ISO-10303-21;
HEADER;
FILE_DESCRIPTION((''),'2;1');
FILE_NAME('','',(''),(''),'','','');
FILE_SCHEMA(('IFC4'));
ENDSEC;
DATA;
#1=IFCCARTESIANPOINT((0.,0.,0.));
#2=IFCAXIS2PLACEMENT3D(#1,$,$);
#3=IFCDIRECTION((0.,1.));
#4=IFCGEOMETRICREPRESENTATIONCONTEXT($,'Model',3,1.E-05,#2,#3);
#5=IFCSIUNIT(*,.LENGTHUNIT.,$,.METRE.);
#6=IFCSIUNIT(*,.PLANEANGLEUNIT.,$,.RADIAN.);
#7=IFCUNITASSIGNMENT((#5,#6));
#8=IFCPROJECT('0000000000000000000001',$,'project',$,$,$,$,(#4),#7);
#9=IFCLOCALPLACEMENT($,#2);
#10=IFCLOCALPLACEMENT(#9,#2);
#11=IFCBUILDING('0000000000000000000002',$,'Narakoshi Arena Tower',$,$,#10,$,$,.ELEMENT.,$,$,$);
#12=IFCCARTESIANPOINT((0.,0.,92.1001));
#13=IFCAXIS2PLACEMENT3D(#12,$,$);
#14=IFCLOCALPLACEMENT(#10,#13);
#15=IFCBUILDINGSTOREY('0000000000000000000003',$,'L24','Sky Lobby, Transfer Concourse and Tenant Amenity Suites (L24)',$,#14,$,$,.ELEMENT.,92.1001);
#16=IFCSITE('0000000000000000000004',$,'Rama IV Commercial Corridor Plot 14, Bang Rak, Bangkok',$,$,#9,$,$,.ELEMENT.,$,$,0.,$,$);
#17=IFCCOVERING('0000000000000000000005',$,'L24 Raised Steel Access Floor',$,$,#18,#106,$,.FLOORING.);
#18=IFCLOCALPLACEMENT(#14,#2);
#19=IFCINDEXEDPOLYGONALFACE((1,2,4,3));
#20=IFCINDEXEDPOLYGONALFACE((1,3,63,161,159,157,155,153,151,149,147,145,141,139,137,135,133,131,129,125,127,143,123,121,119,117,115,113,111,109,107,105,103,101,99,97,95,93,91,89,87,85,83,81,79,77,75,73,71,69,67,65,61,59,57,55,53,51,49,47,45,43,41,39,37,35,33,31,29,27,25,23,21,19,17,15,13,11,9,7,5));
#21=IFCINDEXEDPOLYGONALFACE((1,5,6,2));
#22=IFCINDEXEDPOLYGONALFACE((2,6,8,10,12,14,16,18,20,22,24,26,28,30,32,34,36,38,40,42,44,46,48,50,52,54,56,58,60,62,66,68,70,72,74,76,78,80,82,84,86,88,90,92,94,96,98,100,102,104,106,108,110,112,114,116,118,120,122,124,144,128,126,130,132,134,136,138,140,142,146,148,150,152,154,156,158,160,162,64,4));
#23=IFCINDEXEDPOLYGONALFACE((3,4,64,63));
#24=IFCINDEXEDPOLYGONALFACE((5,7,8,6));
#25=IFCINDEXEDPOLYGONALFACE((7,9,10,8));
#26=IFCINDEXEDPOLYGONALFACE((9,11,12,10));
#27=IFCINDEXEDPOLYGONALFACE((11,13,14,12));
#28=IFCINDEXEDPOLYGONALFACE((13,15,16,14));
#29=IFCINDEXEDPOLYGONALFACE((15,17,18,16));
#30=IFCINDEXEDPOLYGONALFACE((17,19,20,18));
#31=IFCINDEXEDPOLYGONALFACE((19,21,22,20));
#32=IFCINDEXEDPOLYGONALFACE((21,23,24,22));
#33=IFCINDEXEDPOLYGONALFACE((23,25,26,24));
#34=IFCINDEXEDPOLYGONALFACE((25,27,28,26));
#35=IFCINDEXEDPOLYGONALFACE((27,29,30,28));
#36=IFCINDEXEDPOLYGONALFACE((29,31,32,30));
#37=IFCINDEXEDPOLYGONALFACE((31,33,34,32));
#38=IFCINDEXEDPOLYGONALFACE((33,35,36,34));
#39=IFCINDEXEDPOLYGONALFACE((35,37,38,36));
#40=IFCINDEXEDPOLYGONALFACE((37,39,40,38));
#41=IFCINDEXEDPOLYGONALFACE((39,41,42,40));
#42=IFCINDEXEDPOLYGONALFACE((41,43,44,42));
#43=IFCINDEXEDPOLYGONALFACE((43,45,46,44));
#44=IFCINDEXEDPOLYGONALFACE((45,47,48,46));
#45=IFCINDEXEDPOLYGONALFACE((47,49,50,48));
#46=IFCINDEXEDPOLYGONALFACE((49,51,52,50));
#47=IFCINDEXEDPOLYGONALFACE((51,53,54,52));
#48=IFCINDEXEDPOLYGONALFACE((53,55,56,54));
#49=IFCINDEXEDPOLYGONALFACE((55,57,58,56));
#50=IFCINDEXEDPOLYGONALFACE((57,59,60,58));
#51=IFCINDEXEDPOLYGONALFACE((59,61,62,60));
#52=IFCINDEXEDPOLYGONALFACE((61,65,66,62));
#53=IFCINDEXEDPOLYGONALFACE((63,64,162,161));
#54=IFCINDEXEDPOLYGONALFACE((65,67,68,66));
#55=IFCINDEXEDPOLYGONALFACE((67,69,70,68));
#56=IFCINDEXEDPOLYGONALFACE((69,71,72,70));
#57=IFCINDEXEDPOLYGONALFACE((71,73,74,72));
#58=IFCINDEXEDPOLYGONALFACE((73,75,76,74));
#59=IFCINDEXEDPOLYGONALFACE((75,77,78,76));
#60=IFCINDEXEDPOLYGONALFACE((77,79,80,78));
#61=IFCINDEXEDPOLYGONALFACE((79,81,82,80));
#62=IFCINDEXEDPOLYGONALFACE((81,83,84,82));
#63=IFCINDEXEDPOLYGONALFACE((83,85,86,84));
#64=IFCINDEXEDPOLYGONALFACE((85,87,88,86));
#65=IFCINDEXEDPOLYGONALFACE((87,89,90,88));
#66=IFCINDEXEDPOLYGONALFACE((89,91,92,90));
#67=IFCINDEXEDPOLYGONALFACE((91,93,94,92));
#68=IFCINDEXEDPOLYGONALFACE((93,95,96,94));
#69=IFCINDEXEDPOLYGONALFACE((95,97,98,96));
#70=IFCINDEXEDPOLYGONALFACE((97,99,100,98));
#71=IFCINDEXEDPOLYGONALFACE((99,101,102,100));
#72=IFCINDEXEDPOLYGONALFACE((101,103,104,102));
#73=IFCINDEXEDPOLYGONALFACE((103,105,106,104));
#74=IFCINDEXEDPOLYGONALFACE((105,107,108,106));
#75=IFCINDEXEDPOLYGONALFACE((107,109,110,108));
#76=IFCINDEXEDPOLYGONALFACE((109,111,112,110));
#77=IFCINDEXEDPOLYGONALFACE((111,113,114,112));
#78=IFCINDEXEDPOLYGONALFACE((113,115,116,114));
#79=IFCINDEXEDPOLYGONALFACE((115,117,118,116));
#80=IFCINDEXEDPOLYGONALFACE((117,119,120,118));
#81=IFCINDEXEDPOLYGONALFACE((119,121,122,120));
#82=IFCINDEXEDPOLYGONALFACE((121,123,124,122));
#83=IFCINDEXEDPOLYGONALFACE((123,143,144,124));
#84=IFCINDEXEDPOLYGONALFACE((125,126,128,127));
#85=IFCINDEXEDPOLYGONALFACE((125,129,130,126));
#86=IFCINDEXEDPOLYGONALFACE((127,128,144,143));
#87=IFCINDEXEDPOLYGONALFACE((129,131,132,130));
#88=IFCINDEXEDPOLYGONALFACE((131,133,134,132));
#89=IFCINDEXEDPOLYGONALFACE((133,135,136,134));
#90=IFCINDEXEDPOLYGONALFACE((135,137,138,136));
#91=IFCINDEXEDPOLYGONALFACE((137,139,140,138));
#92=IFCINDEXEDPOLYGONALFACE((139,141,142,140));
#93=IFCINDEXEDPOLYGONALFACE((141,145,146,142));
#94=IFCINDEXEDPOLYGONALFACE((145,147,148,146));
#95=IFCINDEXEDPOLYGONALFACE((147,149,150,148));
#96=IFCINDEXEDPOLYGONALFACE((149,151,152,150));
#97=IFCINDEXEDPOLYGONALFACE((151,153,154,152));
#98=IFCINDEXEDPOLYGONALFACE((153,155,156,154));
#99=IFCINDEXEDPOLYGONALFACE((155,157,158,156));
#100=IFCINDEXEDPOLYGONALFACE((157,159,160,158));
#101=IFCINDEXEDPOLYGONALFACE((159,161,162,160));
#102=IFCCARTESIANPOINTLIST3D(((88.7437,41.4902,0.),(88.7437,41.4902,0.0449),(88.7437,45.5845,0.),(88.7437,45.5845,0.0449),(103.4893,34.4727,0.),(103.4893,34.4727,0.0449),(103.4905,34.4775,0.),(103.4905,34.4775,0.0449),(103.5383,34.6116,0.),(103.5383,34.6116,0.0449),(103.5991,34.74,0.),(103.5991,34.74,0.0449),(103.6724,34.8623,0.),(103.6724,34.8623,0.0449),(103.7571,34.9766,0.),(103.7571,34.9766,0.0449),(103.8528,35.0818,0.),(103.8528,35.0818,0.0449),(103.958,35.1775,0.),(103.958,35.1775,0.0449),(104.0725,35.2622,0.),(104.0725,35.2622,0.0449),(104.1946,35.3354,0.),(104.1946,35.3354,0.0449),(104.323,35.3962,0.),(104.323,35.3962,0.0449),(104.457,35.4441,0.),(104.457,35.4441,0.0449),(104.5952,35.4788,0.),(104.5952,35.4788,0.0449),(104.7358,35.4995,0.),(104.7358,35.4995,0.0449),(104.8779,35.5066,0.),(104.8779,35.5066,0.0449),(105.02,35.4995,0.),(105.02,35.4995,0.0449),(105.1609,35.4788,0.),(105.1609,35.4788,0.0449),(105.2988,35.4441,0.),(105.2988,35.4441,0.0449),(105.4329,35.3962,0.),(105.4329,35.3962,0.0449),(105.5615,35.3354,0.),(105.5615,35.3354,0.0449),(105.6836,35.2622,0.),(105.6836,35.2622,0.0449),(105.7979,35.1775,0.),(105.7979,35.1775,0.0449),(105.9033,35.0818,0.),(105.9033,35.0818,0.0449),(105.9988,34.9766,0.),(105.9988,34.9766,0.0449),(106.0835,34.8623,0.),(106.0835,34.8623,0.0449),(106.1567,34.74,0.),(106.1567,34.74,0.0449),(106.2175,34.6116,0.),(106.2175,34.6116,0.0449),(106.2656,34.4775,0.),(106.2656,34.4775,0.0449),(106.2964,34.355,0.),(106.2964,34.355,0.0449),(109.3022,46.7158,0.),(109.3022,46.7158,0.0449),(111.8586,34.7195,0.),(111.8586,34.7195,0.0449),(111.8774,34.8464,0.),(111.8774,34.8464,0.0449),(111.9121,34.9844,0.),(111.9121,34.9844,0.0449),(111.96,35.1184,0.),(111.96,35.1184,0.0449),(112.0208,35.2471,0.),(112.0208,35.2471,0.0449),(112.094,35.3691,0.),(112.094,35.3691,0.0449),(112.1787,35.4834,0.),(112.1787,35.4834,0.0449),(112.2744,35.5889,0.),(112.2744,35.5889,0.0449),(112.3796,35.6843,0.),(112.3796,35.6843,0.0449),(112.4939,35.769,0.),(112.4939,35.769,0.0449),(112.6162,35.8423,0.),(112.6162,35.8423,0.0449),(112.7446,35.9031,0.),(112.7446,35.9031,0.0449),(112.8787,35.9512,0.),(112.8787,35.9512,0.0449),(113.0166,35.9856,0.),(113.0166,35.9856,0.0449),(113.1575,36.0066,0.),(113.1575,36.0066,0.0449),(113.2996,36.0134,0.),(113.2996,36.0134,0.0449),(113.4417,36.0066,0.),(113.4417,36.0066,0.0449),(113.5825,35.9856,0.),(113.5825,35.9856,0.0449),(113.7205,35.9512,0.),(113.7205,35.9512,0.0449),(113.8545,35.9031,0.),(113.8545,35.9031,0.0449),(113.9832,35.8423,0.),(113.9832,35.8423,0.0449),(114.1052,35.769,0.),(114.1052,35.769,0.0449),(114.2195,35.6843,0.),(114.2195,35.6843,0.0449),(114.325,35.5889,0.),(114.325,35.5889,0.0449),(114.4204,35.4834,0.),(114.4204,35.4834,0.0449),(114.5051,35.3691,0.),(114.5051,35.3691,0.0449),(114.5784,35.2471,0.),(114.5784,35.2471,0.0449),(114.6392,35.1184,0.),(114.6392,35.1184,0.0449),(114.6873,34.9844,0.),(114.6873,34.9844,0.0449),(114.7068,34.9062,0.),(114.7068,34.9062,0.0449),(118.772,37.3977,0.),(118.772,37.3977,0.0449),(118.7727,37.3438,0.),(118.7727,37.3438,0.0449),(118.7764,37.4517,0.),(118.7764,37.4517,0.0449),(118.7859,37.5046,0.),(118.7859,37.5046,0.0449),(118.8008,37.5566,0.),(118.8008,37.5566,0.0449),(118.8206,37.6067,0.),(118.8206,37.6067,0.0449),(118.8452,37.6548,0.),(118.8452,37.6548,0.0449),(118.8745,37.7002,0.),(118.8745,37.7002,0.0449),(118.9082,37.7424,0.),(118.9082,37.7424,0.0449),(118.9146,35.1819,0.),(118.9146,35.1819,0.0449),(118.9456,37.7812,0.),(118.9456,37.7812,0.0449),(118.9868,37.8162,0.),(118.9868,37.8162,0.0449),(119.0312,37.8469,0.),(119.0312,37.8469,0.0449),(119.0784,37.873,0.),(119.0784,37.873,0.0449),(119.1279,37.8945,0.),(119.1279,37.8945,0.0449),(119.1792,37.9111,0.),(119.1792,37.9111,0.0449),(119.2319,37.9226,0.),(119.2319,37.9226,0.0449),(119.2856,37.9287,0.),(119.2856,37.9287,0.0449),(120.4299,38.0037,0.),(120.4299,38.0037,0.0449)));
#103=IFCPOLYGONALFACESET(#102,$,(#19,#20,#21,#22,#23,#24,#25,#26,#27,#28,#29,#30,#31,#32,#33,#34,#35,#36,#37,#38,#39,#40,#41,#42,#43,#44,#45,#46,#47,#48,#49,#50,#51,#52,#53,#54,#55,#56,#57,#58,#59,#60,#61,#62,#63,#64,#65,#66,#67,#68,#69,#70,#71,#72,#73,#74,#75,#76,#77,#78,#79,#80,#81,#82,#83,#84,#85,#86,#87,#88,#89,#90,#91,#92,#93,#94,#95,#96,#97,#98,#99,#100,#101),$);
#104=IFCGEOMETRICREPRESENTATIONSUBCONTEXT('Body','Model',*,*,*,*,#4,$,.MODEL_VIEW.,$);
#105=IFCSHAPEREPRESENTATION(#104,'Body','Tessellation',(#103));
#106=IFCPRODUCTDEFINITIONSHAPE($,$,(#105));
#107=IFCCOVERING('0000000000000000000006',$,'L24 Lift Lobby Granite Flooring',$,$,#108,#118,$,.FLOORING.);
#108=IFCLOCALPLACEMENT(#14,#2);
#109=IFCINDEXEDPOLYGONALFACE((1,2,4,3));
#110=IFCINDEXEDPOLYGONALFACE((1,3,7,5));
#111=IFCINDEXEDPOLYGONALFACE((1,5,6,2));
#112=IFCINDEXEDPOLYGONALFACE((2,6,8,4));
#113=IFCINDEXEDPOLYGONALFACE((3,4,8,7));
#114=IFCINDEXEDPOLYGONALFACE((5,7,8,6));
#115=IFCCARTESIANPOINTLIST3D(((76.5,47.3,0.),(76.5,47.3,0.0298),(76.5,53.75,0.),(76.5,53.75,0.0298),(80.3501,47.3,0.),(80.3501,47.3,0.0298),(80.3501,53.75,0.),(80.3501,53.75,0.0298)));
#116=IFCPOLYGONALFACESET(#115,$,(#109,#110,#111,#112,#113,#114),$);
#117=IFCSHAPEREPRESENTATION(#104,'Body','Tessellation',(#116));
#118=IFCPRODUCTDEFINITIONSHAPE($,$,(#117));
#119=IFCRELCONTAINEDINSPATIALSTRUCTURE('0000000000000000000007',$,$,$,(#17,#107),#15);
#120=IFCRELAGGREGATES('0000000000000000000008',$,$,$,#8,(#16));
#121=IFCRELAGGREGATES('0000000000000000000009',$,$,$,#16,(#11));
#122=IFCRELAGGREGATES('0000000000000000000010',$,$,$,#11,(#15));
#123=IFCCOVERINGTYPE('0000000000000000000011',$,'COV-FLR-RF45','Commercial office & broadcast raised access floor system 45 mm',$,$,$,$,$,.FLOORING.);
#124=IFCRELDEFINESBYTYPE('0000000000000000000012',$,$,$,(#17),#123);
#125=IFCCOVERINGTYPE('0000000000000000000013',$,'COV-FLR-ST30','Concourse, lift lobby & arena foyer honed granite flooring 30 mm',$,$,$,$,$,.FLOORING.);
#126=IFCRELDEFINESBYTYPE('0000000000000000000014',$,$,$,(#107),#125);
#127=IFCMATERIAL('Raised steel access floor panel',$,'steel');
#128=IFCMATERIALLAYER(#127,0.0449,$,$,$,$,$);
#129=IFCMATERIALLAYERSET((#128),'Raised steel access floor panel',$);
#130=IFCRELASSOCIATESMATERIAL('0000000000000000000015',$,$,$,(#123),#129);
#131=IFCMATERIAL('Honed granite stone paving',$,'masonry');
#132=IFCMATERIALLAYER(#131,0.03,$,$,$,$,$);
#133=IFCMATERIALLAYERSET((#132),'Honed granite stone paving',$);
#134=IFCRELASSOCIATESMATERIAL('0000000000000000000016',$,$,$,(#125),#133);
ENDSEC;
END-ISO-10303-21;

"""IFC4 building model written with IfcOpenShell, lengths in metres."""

from ifc_helpers import new_model, si_unit, direction, frame, origin, place, context, subcontext, project, spatial, polyline, outline, extrude, material, layer, layer_set, type_object, element, save


model = new_model("IFC4")

# Units and contexts
model_context = context("Model", 3, precision=1e-05, world=origin(), true_north=direction((0.0, 1.0)))
body_context = subcontext(model_context, "Body", "Model", "MODEL_VIEW")
ifc_project = project(units=[si_unit("LENGTHUNIT", "METRE"), si_unit("PLANEANGLEUNIT", "RADIAN")], contexts=[model_context])

# Site, building, storey
site_placement = place(None, origin())
site = spatial("IfcSite", under=ifc_project, at=site_placement, Name="Rama IV Commercial Corridor Plot 14, Bang Rak, Bangkok", CompositionType="ELEMENT", RefElevation=0.0)
building_placement = place(site_placement, origin())
building = spatial("IfcBuilding", under=site, at=building_placement, Name="Narakoshi Arena Tower", CompositionType="ELEMENT")
storey_placement = place(building_placement, frame((0.0, 0.0, 92.1001)))
storey = spatial("IfcBuildingStorey", under=building, at=storey_placement, Name="L24", Description="Sky Lobby, Transfer Concourse and Tenant Amenity Suites (L24)", CompositionType="ELEMENT", Elevation=92.1001)

# Coverings
ifc_material_1 = material(Name="Raised steel access floor panel", Category="steel")
ifc_layer_1 = layer(ifc_material_1, 0.0449)
ifc_layer_set_1 = layer_set([ifc_layer_1], Name="Raised steel access floor panel")
covering_type_1 = type_object("IfcCoveringType", Name="COV-FLR-RF45", Description="Commercial office & broadcast raised access floor system 45 mm", PredefinedType="FLOORING", material=ifc_layer_set_1)
covering_1_placement = place(storey_placement, origin())
element("IfcCovering", 1, at=covering_1_placement, inside=storey, type_object=covering_type_1, Name="L24 Raised Steel Access Floor", PredefinedType="FLOORING", context=body_context, shape_type="SweptSolid", body=[
    extrude(outline(polyline([(119.2856, 37.9287), (119.2319, 37.9226), (119.1792, 37.9111), (119.1279, 37.8945), (119.0784, 37.873), (119.0312, 37.8469), (118.9868, 37.8162), (118.9456, 37.7812), (118.9082, 37.7424), (118.8745, 37.7002), (118.8452, 37.6548), (118.8206, 37.6067), (118.8008, 37.5566), (118.7859, 37.5046), (118.7764, 37.4517), (118.772, 37.3977), (118.7727, 37.3438), (118.9146, 35.1819), (114.7068, 34.9062), (114.6873, 34.9844), (114.6392, 35.1184), (114.5784, 35.2471), (114.5051, 35.3691), (114.4204, 35.4834), (114.325, 35.5889), (114.2195, 35.6843), (114.1052, 35.769), (113.9832, 35.8423), (113.8545, 35.9031), (113.7205, 35.9512), (113.5825, 35.9856), (113.4417, 36.0066), (113.2996, 36.0134), (113.1575, 36.0066), (113.0166, 35.9856), (112.8787, 35.9512), (112.7446, 35.9031), (112.6162, 35.8423), (112.4939, 35.769), (112.3796, 35.6843), (112.2744, 35.5889), (112.1787, 35.4834), (112.094, 35.3691), (112.0208, 35.2471), (111.96, 35.1184), (111.9121, 34.9844), (111.8774, 34.8464), (111.8586, 34.7195), (106.2964, 34.355), (106.2656, 34.4775), (106.2175, 34.6116), (106.1567, 34.74), (106.0835, 34.8623), (105.9988, 34.9766), (105.9033, 35.0818), (105.7979, 35.1775), (105.6836, 35.2622), (105.5615, 35.3354), (105.4329, 35.3962), (105.2988, 35.4441), (105.1609, 35.4788), (105.02, 35.4995), (104.8779, 35.5066), (104.7358, 35.4995), (104.5952, 35.4788), (104.457, 35.4441), (104.323, 35.3962), (104.1946, 35.3354), (104.0725, 35.2622), (103.958, 35.1775), (103.8528, 35.0818), (103.7571, 34.9766), (103.6724, 34.8623), (103.5991, 34.74), (103.5383, 34.6116), (103.4905, 34.4775), (103.4893, 34.4727), (88.7437, 41.4902), (88.7437, 45.5845), (109.3022, 46.7158), (120.4299, 38.0037), (119.2856, 37.9287)])), origin(), (0.0, 0.0, 1.0), 0.0449),
])
ifc_material_2 = material(Name="Honed granite stone paving", Category="masonry")
ifc_layer_2 = layer(ifc_material_2, 0.03)
ifc_layer_set_2 = layer_set([ifc_layer_2], Name="Honed granite stone paving")
covering_type_2 = type_object("IfcCoveringType", Name="COV-FLR-ST30", Description="Concourse, lift lobby & arena foyer honed granite flooring 30 mm", PredefinedType="FLOORING", material=ifc_layer_set_2)
covering_2_placement = place(storey_placement, origin())
element("IfcCovering", 2, at=covering_2_placement, inside=storey, type_object=covering_type_2, Name="L24 Lift Lobby Granite Flooring", PredefinedType="FLOORING", context=body_context, shape_type="SweptSolid", body=[
    extrude(outline(polyline([(76.5, 47.3), (80.3501, 47.3), (80.3501, 53.75), (76.5, 53.75), (76.5, 47.3)])), origin(), (0.0, 0.0, 1.0), 0.0298),
])

save(model, "model.ifc")
